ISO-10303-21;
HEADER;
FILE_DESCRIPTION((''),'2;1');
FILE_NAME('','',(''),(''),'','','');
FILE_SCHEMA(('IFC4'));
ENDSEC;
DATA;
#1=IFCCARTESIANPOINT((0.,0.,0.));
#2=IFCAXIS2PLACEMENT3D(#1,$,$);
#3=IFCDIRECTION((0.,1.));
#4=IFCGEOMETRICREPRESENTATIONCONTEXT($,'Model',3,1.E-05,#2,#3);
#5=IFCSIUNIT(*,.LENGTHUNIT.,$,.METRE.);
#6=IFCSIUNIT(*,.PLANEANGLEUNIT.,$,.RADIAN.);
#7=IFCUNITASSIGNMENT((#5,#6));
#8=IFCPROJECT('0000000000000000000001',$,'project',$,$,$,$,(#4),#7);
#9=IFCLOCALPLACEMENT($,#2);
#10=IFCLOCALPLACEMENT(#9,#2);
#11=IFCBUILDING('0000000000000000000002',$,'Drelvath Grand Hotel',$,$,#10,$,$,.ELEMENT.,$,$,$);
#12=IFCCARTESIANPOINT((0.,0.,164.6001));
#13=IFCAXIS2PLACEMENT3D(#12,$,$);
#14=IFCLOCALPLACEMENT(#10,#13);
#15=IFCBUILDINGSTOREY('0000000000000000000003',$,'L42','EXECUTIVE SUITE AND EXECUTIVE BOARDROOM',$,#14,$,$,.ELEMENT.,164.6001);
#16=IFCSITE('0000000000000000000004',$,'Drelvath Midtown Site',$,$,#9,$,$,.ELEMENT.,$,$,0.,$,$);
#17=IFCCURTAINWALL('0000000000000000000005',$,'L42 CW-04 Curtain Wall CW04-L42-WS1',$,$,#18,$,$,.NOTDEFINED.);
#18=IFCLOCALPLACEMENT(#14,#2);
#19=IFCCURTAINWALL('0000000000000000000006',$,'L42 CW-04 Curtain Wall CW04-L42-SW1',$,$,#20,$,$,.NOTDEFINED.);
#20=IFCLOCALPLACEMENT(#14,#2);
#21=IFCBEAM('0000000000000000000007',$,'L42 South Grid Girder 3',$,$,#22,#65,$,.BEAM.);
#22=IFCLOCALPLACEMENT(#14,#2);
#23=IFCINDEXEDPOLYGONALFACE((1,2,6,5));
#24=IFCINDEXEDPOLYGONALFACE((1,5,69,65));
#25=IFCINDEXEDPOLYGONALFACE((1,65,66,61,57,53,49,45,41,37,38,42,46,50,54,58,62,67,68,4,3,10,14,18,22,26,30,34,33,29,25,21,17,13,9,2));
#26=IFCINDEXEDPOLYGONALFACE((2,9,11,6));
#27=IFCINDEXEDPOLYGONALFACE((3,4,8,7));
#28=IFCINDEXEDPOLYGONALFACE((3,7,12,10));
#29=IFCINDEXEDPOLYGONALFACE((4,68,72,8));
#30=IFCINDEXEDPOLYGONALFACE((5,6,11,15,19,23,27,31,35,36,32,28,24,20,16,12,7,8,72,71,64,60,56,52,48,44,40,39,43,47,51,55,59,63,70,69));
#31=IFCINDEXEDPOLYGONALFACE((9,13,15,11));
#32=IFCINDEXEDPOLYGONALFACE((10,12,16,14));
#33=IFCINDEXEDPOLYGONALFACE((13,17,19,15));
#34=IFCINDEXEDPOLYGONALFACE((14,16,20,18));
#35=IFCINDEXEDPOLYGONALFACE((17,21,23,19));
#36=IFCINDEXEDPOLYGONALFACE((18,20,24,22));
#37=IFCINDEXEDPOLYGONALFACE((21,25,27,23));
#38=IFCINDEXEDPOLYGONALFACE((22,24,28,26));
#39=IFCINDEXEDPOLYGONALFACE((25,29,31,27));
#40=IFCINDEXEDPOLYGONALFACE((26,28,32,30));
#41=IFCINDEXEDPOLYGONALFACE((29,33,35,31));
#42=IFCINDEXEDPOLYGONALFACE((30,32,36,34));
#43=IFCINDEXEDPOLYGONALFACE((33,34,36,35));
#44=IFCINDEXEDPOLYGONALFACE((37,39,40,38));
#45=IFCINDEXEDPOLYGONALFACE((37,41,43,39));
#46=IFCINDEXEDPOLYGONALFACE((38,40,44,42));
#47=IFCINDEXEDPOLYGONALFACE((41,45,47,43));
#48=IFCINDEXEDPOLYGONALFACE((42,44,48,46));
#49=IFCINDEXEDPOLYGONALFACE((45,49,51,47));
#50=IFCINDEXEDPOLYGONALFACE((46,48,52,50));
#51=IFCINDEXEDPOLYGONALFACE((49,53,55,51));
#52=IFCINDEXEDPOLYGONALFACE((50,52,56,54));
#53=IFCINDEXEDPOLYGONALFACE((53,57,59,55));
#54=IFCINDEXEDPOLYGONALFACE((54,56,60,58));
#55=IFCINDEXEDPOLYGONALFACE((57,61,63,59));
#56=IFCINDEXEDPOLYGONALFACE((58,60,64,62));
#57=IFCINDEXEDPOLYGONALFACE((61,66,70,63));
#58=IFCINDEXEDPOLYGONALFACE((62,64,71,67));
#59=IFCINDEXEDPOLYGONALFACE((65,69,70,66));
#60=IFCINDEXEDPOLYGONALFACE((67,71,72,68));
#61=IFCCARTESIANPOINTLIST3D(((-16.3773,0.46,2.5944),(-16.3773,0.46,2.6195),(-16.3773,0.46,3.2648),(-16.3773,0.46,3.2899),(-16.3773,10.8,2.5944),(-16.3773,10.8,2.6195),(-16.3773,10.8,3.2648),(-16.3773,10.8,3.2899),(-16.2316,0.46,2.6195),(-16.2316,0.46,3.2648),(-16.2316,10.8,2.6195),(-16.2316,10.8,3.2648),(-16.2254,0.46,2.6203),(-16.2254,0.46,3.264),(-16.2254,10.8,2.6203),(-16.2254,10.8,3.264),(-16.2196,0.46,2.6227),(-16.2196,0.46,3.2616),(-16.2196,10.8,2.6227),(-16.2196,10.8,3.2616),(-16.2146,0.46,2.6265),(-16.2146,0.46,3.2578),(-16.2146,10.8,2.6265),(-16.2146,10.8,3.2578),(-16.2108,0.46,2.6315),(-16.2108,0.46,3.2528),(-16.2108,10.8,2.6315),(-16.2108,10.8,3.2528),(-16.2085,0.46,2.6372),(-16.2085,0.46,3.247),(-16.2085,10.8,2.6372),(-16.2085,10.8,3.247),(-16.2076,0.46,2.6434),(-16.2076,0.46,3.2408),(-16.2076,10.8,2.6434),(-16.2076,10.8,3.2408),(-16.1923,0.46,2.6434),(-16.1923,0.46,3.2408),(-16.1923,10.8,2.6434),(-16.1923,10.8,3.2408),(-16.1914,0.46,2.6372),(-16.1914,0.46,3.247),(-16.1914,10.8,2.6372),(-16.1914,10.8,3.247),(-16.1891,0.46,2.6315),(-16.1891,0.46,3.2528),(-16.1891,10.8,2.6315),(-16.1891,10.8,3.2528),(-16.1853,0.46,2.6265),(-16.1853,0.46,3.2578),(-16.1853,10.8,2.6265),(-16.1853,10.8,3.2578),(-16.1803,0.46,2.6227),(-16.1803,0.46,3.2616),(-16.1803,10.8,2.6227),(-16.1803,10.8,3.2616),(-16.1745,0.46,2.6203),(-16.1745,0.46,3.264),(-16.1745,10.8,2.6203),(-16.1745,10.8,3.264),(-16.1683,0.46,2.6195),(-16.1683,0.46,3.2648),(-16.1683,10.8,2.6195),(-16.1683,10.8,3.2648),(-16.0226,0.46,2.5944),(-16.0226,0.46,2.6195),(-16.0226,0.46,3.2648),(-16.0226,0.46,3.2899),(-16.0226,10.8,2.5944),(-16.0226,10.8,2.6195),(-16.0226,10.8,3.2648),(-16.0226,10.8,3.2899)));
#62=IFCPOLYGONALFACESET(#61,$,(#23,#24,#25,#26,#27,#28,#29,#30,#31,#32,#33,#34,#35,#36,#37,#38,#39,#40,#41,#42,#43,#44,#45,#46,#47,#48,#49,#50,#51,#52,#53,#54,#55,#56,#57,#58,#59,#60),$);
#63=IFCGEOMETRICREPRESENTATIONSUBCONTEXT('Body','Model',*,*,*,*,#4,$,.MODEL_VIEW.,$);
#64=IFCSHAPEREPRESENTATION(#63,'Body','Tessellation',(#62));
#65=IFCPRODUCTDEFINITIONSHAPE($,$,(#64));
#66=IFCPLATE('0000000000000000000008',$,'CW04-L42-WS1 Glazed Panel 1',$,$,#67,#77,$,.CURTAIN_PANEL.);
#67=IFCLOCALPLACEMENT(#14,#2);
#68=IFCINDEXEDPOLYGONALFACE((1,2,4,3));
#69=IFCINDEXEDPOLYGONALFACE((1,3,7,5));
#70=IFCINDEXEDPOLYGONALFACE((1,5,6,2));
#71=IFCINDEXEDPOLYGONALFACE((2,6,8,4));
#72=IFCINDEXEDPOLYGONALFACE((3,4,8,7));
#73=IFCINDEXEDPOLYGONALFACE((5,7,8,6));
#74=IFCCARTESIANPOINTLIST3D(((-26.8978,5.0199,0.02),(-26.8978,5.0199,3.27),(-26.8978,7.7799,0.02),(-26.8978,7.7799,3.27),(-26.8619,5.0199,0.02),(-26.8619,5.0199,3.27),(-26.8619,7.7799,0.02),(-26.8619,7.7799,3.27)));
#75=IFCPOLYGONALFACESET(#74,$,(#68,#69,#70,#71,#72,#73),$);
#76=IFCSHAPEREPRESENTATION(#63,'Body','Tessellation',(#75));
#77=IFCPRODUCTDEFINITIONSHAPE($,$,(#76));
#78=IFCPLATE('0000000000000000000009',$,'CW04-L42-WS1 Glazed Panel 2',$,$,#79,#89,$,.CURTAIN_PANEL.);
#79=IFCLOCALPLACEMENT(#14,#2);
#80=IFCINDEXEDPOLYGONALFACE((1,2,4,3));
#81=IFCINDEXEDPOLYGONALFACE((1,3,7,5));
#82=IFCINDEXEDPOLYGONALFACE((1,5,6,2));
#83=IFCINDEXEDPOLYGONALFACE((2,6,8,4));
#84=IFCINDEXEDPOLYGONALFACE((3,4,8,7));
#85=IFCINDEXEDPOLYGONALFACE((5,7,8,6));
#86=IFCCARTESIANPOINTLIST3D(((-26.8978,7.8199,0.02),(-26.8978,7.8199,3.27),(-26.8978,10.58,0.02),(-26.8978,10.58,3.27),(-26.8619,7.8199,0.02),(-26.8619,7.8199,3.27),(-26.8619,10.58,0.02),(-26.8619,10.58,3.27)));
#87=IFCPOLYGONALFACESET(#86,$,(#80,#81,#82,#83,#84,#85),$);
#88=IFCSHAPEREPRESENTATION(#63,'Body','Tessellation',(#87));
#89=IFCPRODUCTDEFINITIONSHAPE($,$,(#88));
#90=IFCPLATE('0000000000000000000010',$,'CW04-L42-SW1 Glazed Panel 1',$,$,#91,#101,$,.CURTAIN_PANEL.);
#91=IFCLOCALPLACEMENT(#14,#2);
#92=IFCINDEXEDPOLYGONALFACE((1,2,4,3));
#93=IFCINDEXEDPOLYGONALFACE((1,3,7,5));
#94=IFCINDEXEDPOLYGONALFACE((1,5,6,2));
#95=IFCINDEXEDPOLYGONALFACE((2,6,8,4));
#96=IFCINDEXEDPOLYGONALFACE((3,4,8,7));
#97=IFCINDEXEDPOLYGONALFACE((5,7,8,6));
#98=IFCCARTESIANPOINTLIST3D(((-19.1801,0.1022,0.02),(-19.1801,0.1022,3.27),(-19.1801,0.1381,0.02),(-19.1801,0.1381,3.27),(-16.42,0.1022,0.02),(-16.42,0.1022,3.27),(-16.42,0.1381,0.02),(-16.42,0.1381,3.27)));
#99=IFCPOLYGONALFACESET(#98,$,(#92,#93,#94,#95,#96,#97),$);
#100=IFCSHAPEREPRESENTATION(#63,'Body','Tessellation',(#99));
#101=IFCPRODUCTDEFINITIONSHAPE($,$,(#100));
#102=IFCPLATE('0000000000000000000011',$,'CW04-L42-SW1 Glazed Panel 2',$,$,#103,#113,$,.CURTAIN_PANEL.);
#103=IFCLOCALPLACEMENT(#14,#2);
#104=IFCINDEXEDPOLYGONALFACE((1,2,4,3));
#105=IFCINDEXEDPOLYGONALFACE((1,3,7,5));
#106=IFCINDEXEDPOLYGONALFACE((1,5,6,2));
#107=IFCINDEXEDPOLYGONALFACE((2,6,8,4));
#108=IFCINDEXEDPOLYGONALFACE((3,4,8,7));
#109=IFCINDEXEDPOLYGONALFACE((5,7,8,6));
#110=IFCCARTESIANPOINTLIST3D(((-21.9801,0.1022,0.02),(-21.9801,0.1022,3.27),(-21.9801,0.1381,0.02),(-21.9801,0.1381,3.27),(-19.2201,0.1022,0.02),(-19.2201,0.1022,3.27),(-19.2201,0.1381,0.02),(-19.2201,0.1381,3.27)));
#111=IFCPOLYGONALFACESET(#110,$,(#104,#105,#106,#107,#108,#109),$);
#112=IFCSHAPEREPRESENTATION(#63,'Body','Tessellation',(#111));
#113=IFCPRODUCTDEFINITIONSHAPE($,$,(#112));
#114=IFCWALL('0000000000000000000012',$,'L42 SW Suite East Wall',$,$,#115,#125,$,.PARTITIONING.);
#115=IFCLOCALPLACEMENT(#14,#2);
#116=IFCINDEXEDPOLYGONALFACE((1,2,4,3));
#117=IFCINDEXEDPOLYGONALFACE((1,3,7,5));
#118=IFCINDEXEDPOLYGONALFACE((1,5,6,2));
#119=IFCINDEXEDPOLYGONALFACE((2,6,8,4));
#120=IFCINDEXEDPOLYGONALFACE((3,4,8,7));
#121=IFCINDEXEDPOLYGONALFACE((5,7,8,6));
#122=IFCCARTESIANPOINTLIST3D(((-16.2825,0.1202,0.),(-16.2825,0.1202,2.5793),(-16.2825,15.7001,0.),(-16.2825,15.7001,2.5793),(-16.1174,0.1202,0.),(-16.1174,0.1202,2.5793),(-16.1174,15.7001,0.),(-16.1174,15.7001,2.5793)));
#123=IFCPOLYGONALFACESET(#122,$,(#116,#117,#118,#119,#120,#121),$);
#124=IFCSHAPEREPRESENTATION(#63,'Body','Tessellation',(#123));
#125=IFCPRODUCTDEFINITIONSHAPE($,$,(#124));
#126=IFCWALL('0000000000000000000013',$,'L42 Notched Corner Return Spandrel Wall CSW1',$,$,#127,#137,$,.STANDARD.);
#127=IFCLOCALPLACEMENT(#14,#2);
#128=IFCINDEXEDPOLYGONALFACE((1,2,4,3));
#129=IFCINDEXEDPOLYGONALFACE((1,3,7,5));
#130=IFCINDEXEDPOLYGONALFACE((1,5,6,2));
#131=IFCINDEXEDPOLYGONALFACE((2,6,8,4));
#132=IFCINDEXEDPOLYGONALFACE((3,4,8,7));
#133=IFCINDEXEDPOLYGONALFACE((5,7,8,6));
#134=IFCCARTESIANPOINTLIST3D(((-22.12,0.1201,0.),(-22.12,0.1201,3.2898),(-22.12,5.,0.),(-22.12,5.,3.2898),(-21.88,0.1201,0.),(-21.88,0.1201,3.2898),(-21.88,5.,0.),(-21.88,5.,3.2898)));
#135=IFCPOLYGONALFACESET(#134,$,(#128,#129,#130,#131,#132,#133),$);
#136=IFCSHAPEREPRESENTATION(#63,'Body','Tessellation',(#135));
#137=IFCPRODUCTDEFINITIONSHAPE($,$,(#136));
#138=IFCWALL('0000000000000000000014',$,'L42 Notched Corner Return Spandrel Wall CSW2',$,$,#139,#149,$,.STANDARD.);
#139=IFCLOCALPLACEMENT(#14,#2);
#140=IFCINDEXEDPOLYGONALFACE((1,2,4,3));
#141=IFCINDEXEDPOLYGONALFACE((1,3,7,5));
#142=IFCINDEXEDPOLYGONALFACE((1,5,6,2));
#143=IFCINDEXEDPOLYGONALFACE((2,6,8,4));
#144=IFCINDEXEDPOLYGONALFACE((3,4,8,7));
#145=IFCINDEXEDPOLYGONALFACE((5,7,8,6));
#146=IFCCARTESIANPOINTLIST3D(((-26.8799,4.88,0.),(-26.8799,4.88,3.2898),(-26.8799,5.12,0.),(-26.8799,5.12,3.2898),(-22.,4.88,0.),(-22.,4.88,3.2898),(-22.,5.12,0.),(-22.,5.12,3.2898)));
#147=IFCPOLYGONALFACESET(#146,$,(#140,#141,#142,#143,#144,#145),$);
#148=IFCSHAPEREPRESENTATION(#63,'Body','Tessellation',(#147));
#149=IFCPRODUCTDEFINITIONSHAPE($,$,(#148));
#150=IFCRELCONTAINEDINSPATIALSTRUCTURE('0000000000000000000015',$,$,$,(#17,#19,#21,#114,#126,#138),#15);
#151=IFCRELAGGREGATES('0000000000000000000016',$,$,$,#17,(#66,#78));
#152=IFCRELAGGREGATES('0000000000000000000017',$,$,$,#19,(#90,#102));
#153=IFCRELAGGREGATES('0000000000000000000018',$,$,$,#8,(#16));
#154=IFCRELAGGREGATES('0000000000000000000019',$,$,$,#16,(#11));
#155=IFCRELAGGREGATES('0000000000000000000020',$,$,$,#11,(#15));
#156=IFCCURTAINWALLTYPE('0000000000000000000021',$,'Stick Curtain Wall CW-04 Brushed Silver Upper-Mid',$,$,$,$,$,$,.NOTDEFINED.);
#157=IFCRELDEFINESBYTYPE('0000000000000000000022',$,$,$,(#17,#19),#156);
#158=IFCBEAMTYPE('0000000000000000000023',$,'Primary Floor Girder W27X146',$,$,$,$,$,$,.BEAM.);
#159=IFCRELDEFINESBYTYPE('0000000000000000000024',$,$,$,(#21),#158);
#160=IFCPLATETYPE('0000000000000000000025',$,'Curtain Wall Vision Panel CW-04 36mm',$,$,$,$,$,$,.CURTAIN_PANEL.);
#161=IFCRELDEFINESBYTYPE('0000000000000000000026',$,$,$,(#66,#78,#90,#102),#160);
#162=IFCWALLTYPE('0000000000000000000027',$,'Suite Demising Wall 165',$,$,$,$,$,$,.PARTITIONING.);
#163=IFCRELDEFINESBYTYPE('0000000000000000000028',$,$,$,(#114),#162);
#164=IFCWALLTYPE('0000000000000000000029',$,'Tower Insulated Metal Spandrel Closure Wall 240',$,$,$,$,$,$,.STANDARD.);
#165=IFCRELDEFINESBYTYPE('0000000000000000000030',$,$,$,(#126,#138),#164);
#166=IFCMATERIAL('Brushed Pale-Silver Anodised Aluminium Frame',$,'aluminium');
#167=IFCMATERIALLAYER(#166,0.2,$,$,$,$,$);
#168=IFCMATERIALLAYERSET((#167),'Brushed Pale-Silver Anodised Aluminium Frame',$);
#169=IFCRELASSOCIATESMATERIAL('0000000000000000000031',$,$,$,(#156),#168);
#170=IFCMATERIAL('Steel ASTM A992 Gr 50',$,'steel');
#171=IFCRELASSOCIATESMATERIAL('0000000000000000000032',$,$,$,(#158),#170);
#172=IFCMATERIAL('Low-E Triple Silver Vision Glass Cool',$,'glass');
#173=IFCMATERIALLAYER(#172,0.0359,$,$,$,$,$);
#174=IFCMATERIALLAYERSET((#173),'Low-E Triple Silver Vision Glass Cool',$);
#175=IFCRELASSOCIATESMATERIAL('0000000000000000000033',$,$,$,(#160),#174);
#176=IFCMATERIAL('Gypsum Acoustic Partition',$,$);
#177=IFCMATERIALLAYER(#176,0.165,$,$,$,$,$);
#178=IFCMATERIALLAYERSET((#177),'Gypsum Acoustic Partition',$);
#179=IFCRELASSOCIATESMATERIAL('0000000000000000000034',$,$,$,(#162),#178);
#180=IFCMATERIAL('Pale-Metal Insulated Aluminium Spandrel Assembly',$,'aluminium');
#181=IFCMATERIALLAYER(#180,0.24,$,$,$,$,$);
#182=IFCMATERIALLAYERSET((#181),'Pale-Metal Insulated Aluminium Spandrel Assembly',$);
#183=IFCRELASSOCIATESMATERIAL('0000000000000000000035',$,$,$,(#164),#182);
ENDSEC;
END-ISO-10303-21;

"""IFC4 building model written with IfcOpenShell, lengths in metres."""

from ifc_helpers import new_model, si_unit, direction, frame, frame_2d, origin, origin_2d, place, context, subcontext, project, spatial, rectangle, i_section, extrude, material, layer, layer_set, material_profile, profile_set, type_object, element, aggregate, save


model = new_model("IFC4")

# Units and contexts
model_context = context("Model", 3, precision=1e-05, world=origin(), true_north=direction((0.0, 1.0)))
body_context = subcontext(model_context, "Body", "Model", "MODEL_VIEW")
ifc_project = project(units=[si_unit("LENGTHUNIT", "METRE"), si_unit("PLANEANGLEUNIT", "RADIAN")], contexts=[model_context])

# Site, building, storey
site_placement = place(None, origin())
site = spatial("IfcSite", under=ifc_project, at=site_placement, Name="Drelvath Midtown Site", CompositionType="ELEMENT", RefElevation=0.0)
building_placement = place(site_placement, origin())
building = spatial("IfcBuilding", under=site, at=building_placement, Name="Drelvath Grand Hotel", CompositionType="ELEMENT")
storey_placement = place(building_placement, frame((0.0, 0.0, 164.6001)))
storey = spatial("IfcBuildingStorey", under=building, at=storey_placement, Name="L42", Description="EXECUTIVE SUITE AND EXECUTIVE BOARDROOM", CompositionType="ELEMENT", Elevation=164.6001)

# Curtain walls
ifc_material_1 = material(Name="Brushed Pale-Silver Anodised Aluminium Frame", Category="aluminium")
ifc_layer_1 = layer(ifc_material_1, 0.2)
ifc_layer_set_1 = layer_set([ifc_layer_1], Name="Brushed Pale-Silver Anodised Aluminium Frame")
curtain_wall_type = type_object("IfcCurtainWallType", Name="Stick Curtain Wall CW-04 Brushed Silver Upper-Mid", PredefinedType="NOTDEFINED", material=ifc_layer_set_1)
curtain_wall_1_placement = place(storey_placement, origin())
curtain_wall_1 = element("IfcCurtainWall", 1, at=curtain_wall_1_placement, inside=storey, type_object=curtain_wall_type, Name="L42 CW-04 Curtain Wall CW04-L42-WS1", PredefinedType="NOTDEFINED")
curtain_wall_2_placement = place(storey_placement, origin())
curtain_wall_2 = element("IfcCurtainWall", 2, at=curtain_wall_2_placement, inside=storey, type_object=curtain_wall_type, Name="L42 CW-04 Curtain Wall CW04-L42-SW1", PredefinedType="NOTDEFINED")

# Beam
ifc_material_2 = material(Name="Steel ASTM A992 Gr 50", Category="steel")
ifc_material_profile_1 = material_profile(ifc_material_2, i_section(OverallWidth=0.3547, OverallDepth=0.6956, WebThickness=0.0154, FlangeThickness=0.0251, FilletRadius=0.0239, at=origin_2d()), Name="W27X146")
ifc_profile_set_1 = profile_set([ifc_material_profile_1], Name="Steel ASTM A992 Gr 50")
beam_type_1 = type_object("IfcBeamType", Name="Primary Floor Girder W27X146", PredefinedType="BEAM", material=ifc_profile_set_1)
for number, where, z_axis, x_axis, name in (
    (3, (-16.2, 0.46, 2.9421), (0.0, 1.0, 0.0), (-1.0, 0.0, 0.0), "L42 South Grid Girder 3"),
):
    element("IfcBeam", number, at=place(storey_placement, frame(where, z_axis=z_axis, x_axis=x_axis)), inside=storey, type_object=beam_type_1, Name=name, PredefinedType="BEAM", context=body_context, shape_type="SweptSolid", body=[
        extrude(i_section(OverallWidth=0.3547, OverallDepth=0.6956, WebThickness=0.0154, FlangeThickness=0.0251, FilletRadius=0.0239, at=origin_2d()), origin(), (0.0, 0.0, 1.0), 10.3401),
    ])

# Plates
ifc_material_3 = material(Name="Low-E Triple Silver Vision Glass Cool", Category="glass")
ifc_layer_2 = layer(ifc_material_3, 0.0359)
ifc_layer_set_2 = layer_set([ifc_layer_2], Name="Low-E Triple Silver Vision Glass Cool")
plate_type = type_object("IfcPlateType", Name="Curtain Wall Vision Panel CW-04 36mm", PredefinedType="CURTAIN_PANEL", material=ifc_layer_set_2)
plate_1_placement = place(storey_placement, frame((-26.8799, 6.3999, 0.02), z_axis=(0.0, 0.0, 1.0), x_axis=(0.0, 1.0, 0.0)))
plate_1 = element("IfcPlate", 4, at=plate_1_placement, type_object=plate_type, Name="CW04-L42-WS1 Glazed Panel 1", PredefinedType="CURTAIN_PANEL", context=body_context, shape_type="SweptSolid", body=[
    extrude(rectangle(XDim=2.76, YDim=0.0359, at=origin_2d()), origin(), (0.0, 0.0, 1.0), 3.25),
])
plate_2_placement = place(storey_placement, frame((-26.8799, 9.2, 0.02), z_axis=(0.0, 0.0, 1.0), x_axis=(0.0, 1.0, 0.0)))
plate_2 = element("IfcPlate", 5, at=plate_2_placement, type_object=plate_type, Name="CW04-L42-WS1 Glazed Panel 2", PredefinedType="CURTAIN_PANEL", context=body_context, shape_type="SweptSolid", body=[
    extrude(rectangle(XDim=2.76, YDim=0.0359, at=origin_2d()), origin(), (0.0, 0.0, 1.0), 3.25),
])
aggregate(curtain_wall_1, [plate_1, plate_2])
plate_3_placement = place(storey_placement, frame((-17.8, 0.1201, 0.02), z_axis=(0.0, 0.0, 1.0), x_axis=(-1.0, 0.0, 0.0)))
plate_3 = element("IfcPlate", 6, at=plate_3_placement, type_object=plate_type, Name="CW04-L42-SW1 Glazed Panel 1", PredefinedType="CURTAIN_PANEL", context=body_context, shape_type="SweptSolid", body=[
    extrude(rectangle(XDim=2.76, YDim=0.0359, at=origin_2d()), origin(), (0.0, 0.0, 1.0), 3.25),
])
plate_4_placement = place(storey_placement, frame((-20.6001, 0.1201, 0.02), z_axis=(0.0, 0.0, 1.0), x_axis=(-1.0, 0.0, 0.0)))
plate_4 = element("IfcPlate", 7, at=plate_4_placement, type_object=plate_type, Name="CW04-L42-SW1 Glazed Panel 2", PredefinedType="CURTAIN_PANEL", context=body_context, shape_type="SweptSolid", body=[
    extrude(rectangle(XDim=2.76, YDim=0.0359, at=origin_2d()), origin(), (0.0, 0.0, 1.0), 3.25),
])
aggregate(curtain_wall_2, [plate_3, plate_4])

# Walls
ifc_material_4 = material(Name="Gypsum Acoustic Partition")
ifc_layer_3 = layer(ifc_material_4, 0.165)
ifc_layer_set_3 = layer_set([ifc_layer_3], Name="Gypsum Acoustic Partition")
wall_type_1 = type_object("IfcWallType", Name="Suite Demising Wall 165", PredefinedType="PARTITIONING", material=ifc_layer_set_3)
wall_placement = place(storey_placement, frame((-16.2, 0.1201, 0.0), z_axis=(0.0, 0.0, 1.0), x_axis=(0.0, 1.0, 0.0)))
element("IfcWall", 8, at=wall_placement, inside=storey, type_object=wall_type_1, Name="L42 SW Suite East Wall", PredefinedType="PARTITIONING", context=body_context, shape_type="SweptSolid", body=[
    extrude(rectangle(XDim=15.5798, YDim=0.165, at=frame_2d((7.79, 0.0))), origin(), (0.0, 0.0, 1.0), 2.5793),
])
ifc_material_5 = material(Name="Pale-Metal Insulated Aluminium Spandrel Assembly", Category="aluminium")
ifc_layer_4 = layer(ifc_material_5, 0.24)
ifc_layer_set_4 = layer_set([ifc_layer_4], Name="Pale-Metal Insulated Aluminium Spandrel Assembly")
wall_type_2 = type_object("IfcWallType", Name="Tower Insulated Metal Spandrel Closure Wall 240", PredefinedType="STANDARD", material=ifc_layer_set_4)
for number, where, z_axis, x_axis, name in (
    (9, (-22.0, 0.1201, 0.0), (0.0, 0.0, 1.0), (0.0, 1.0, 0.0), "L42 Notched Corner Return Spandrel Wall CSW1"),
    (10, (-22.0, 5.0, 0.0), (0.0, 0.0, 1.0), (-1.0, 0.0, 0.0), "L42 Notched Corner Return Spandrel Wall CSW2"),
):
    element("IfcWall", number, at=place(storey_placement, frame(where, z_axis=z_axis, x_axis=x_axis)), inside=storey, type_object=wall_type_2, Name=name, PredefinedType="STANDARD", context=body_context, shape_type="SweptSolid", body=[
        extrude(rectangle(XDim=4.8799, YDim=0.24, at=frame_2d((2.4399, 0.0))), origin(), (0.0, 0.0, 1.0), 3.2898),
    ])

save(model, "model.ifc")
